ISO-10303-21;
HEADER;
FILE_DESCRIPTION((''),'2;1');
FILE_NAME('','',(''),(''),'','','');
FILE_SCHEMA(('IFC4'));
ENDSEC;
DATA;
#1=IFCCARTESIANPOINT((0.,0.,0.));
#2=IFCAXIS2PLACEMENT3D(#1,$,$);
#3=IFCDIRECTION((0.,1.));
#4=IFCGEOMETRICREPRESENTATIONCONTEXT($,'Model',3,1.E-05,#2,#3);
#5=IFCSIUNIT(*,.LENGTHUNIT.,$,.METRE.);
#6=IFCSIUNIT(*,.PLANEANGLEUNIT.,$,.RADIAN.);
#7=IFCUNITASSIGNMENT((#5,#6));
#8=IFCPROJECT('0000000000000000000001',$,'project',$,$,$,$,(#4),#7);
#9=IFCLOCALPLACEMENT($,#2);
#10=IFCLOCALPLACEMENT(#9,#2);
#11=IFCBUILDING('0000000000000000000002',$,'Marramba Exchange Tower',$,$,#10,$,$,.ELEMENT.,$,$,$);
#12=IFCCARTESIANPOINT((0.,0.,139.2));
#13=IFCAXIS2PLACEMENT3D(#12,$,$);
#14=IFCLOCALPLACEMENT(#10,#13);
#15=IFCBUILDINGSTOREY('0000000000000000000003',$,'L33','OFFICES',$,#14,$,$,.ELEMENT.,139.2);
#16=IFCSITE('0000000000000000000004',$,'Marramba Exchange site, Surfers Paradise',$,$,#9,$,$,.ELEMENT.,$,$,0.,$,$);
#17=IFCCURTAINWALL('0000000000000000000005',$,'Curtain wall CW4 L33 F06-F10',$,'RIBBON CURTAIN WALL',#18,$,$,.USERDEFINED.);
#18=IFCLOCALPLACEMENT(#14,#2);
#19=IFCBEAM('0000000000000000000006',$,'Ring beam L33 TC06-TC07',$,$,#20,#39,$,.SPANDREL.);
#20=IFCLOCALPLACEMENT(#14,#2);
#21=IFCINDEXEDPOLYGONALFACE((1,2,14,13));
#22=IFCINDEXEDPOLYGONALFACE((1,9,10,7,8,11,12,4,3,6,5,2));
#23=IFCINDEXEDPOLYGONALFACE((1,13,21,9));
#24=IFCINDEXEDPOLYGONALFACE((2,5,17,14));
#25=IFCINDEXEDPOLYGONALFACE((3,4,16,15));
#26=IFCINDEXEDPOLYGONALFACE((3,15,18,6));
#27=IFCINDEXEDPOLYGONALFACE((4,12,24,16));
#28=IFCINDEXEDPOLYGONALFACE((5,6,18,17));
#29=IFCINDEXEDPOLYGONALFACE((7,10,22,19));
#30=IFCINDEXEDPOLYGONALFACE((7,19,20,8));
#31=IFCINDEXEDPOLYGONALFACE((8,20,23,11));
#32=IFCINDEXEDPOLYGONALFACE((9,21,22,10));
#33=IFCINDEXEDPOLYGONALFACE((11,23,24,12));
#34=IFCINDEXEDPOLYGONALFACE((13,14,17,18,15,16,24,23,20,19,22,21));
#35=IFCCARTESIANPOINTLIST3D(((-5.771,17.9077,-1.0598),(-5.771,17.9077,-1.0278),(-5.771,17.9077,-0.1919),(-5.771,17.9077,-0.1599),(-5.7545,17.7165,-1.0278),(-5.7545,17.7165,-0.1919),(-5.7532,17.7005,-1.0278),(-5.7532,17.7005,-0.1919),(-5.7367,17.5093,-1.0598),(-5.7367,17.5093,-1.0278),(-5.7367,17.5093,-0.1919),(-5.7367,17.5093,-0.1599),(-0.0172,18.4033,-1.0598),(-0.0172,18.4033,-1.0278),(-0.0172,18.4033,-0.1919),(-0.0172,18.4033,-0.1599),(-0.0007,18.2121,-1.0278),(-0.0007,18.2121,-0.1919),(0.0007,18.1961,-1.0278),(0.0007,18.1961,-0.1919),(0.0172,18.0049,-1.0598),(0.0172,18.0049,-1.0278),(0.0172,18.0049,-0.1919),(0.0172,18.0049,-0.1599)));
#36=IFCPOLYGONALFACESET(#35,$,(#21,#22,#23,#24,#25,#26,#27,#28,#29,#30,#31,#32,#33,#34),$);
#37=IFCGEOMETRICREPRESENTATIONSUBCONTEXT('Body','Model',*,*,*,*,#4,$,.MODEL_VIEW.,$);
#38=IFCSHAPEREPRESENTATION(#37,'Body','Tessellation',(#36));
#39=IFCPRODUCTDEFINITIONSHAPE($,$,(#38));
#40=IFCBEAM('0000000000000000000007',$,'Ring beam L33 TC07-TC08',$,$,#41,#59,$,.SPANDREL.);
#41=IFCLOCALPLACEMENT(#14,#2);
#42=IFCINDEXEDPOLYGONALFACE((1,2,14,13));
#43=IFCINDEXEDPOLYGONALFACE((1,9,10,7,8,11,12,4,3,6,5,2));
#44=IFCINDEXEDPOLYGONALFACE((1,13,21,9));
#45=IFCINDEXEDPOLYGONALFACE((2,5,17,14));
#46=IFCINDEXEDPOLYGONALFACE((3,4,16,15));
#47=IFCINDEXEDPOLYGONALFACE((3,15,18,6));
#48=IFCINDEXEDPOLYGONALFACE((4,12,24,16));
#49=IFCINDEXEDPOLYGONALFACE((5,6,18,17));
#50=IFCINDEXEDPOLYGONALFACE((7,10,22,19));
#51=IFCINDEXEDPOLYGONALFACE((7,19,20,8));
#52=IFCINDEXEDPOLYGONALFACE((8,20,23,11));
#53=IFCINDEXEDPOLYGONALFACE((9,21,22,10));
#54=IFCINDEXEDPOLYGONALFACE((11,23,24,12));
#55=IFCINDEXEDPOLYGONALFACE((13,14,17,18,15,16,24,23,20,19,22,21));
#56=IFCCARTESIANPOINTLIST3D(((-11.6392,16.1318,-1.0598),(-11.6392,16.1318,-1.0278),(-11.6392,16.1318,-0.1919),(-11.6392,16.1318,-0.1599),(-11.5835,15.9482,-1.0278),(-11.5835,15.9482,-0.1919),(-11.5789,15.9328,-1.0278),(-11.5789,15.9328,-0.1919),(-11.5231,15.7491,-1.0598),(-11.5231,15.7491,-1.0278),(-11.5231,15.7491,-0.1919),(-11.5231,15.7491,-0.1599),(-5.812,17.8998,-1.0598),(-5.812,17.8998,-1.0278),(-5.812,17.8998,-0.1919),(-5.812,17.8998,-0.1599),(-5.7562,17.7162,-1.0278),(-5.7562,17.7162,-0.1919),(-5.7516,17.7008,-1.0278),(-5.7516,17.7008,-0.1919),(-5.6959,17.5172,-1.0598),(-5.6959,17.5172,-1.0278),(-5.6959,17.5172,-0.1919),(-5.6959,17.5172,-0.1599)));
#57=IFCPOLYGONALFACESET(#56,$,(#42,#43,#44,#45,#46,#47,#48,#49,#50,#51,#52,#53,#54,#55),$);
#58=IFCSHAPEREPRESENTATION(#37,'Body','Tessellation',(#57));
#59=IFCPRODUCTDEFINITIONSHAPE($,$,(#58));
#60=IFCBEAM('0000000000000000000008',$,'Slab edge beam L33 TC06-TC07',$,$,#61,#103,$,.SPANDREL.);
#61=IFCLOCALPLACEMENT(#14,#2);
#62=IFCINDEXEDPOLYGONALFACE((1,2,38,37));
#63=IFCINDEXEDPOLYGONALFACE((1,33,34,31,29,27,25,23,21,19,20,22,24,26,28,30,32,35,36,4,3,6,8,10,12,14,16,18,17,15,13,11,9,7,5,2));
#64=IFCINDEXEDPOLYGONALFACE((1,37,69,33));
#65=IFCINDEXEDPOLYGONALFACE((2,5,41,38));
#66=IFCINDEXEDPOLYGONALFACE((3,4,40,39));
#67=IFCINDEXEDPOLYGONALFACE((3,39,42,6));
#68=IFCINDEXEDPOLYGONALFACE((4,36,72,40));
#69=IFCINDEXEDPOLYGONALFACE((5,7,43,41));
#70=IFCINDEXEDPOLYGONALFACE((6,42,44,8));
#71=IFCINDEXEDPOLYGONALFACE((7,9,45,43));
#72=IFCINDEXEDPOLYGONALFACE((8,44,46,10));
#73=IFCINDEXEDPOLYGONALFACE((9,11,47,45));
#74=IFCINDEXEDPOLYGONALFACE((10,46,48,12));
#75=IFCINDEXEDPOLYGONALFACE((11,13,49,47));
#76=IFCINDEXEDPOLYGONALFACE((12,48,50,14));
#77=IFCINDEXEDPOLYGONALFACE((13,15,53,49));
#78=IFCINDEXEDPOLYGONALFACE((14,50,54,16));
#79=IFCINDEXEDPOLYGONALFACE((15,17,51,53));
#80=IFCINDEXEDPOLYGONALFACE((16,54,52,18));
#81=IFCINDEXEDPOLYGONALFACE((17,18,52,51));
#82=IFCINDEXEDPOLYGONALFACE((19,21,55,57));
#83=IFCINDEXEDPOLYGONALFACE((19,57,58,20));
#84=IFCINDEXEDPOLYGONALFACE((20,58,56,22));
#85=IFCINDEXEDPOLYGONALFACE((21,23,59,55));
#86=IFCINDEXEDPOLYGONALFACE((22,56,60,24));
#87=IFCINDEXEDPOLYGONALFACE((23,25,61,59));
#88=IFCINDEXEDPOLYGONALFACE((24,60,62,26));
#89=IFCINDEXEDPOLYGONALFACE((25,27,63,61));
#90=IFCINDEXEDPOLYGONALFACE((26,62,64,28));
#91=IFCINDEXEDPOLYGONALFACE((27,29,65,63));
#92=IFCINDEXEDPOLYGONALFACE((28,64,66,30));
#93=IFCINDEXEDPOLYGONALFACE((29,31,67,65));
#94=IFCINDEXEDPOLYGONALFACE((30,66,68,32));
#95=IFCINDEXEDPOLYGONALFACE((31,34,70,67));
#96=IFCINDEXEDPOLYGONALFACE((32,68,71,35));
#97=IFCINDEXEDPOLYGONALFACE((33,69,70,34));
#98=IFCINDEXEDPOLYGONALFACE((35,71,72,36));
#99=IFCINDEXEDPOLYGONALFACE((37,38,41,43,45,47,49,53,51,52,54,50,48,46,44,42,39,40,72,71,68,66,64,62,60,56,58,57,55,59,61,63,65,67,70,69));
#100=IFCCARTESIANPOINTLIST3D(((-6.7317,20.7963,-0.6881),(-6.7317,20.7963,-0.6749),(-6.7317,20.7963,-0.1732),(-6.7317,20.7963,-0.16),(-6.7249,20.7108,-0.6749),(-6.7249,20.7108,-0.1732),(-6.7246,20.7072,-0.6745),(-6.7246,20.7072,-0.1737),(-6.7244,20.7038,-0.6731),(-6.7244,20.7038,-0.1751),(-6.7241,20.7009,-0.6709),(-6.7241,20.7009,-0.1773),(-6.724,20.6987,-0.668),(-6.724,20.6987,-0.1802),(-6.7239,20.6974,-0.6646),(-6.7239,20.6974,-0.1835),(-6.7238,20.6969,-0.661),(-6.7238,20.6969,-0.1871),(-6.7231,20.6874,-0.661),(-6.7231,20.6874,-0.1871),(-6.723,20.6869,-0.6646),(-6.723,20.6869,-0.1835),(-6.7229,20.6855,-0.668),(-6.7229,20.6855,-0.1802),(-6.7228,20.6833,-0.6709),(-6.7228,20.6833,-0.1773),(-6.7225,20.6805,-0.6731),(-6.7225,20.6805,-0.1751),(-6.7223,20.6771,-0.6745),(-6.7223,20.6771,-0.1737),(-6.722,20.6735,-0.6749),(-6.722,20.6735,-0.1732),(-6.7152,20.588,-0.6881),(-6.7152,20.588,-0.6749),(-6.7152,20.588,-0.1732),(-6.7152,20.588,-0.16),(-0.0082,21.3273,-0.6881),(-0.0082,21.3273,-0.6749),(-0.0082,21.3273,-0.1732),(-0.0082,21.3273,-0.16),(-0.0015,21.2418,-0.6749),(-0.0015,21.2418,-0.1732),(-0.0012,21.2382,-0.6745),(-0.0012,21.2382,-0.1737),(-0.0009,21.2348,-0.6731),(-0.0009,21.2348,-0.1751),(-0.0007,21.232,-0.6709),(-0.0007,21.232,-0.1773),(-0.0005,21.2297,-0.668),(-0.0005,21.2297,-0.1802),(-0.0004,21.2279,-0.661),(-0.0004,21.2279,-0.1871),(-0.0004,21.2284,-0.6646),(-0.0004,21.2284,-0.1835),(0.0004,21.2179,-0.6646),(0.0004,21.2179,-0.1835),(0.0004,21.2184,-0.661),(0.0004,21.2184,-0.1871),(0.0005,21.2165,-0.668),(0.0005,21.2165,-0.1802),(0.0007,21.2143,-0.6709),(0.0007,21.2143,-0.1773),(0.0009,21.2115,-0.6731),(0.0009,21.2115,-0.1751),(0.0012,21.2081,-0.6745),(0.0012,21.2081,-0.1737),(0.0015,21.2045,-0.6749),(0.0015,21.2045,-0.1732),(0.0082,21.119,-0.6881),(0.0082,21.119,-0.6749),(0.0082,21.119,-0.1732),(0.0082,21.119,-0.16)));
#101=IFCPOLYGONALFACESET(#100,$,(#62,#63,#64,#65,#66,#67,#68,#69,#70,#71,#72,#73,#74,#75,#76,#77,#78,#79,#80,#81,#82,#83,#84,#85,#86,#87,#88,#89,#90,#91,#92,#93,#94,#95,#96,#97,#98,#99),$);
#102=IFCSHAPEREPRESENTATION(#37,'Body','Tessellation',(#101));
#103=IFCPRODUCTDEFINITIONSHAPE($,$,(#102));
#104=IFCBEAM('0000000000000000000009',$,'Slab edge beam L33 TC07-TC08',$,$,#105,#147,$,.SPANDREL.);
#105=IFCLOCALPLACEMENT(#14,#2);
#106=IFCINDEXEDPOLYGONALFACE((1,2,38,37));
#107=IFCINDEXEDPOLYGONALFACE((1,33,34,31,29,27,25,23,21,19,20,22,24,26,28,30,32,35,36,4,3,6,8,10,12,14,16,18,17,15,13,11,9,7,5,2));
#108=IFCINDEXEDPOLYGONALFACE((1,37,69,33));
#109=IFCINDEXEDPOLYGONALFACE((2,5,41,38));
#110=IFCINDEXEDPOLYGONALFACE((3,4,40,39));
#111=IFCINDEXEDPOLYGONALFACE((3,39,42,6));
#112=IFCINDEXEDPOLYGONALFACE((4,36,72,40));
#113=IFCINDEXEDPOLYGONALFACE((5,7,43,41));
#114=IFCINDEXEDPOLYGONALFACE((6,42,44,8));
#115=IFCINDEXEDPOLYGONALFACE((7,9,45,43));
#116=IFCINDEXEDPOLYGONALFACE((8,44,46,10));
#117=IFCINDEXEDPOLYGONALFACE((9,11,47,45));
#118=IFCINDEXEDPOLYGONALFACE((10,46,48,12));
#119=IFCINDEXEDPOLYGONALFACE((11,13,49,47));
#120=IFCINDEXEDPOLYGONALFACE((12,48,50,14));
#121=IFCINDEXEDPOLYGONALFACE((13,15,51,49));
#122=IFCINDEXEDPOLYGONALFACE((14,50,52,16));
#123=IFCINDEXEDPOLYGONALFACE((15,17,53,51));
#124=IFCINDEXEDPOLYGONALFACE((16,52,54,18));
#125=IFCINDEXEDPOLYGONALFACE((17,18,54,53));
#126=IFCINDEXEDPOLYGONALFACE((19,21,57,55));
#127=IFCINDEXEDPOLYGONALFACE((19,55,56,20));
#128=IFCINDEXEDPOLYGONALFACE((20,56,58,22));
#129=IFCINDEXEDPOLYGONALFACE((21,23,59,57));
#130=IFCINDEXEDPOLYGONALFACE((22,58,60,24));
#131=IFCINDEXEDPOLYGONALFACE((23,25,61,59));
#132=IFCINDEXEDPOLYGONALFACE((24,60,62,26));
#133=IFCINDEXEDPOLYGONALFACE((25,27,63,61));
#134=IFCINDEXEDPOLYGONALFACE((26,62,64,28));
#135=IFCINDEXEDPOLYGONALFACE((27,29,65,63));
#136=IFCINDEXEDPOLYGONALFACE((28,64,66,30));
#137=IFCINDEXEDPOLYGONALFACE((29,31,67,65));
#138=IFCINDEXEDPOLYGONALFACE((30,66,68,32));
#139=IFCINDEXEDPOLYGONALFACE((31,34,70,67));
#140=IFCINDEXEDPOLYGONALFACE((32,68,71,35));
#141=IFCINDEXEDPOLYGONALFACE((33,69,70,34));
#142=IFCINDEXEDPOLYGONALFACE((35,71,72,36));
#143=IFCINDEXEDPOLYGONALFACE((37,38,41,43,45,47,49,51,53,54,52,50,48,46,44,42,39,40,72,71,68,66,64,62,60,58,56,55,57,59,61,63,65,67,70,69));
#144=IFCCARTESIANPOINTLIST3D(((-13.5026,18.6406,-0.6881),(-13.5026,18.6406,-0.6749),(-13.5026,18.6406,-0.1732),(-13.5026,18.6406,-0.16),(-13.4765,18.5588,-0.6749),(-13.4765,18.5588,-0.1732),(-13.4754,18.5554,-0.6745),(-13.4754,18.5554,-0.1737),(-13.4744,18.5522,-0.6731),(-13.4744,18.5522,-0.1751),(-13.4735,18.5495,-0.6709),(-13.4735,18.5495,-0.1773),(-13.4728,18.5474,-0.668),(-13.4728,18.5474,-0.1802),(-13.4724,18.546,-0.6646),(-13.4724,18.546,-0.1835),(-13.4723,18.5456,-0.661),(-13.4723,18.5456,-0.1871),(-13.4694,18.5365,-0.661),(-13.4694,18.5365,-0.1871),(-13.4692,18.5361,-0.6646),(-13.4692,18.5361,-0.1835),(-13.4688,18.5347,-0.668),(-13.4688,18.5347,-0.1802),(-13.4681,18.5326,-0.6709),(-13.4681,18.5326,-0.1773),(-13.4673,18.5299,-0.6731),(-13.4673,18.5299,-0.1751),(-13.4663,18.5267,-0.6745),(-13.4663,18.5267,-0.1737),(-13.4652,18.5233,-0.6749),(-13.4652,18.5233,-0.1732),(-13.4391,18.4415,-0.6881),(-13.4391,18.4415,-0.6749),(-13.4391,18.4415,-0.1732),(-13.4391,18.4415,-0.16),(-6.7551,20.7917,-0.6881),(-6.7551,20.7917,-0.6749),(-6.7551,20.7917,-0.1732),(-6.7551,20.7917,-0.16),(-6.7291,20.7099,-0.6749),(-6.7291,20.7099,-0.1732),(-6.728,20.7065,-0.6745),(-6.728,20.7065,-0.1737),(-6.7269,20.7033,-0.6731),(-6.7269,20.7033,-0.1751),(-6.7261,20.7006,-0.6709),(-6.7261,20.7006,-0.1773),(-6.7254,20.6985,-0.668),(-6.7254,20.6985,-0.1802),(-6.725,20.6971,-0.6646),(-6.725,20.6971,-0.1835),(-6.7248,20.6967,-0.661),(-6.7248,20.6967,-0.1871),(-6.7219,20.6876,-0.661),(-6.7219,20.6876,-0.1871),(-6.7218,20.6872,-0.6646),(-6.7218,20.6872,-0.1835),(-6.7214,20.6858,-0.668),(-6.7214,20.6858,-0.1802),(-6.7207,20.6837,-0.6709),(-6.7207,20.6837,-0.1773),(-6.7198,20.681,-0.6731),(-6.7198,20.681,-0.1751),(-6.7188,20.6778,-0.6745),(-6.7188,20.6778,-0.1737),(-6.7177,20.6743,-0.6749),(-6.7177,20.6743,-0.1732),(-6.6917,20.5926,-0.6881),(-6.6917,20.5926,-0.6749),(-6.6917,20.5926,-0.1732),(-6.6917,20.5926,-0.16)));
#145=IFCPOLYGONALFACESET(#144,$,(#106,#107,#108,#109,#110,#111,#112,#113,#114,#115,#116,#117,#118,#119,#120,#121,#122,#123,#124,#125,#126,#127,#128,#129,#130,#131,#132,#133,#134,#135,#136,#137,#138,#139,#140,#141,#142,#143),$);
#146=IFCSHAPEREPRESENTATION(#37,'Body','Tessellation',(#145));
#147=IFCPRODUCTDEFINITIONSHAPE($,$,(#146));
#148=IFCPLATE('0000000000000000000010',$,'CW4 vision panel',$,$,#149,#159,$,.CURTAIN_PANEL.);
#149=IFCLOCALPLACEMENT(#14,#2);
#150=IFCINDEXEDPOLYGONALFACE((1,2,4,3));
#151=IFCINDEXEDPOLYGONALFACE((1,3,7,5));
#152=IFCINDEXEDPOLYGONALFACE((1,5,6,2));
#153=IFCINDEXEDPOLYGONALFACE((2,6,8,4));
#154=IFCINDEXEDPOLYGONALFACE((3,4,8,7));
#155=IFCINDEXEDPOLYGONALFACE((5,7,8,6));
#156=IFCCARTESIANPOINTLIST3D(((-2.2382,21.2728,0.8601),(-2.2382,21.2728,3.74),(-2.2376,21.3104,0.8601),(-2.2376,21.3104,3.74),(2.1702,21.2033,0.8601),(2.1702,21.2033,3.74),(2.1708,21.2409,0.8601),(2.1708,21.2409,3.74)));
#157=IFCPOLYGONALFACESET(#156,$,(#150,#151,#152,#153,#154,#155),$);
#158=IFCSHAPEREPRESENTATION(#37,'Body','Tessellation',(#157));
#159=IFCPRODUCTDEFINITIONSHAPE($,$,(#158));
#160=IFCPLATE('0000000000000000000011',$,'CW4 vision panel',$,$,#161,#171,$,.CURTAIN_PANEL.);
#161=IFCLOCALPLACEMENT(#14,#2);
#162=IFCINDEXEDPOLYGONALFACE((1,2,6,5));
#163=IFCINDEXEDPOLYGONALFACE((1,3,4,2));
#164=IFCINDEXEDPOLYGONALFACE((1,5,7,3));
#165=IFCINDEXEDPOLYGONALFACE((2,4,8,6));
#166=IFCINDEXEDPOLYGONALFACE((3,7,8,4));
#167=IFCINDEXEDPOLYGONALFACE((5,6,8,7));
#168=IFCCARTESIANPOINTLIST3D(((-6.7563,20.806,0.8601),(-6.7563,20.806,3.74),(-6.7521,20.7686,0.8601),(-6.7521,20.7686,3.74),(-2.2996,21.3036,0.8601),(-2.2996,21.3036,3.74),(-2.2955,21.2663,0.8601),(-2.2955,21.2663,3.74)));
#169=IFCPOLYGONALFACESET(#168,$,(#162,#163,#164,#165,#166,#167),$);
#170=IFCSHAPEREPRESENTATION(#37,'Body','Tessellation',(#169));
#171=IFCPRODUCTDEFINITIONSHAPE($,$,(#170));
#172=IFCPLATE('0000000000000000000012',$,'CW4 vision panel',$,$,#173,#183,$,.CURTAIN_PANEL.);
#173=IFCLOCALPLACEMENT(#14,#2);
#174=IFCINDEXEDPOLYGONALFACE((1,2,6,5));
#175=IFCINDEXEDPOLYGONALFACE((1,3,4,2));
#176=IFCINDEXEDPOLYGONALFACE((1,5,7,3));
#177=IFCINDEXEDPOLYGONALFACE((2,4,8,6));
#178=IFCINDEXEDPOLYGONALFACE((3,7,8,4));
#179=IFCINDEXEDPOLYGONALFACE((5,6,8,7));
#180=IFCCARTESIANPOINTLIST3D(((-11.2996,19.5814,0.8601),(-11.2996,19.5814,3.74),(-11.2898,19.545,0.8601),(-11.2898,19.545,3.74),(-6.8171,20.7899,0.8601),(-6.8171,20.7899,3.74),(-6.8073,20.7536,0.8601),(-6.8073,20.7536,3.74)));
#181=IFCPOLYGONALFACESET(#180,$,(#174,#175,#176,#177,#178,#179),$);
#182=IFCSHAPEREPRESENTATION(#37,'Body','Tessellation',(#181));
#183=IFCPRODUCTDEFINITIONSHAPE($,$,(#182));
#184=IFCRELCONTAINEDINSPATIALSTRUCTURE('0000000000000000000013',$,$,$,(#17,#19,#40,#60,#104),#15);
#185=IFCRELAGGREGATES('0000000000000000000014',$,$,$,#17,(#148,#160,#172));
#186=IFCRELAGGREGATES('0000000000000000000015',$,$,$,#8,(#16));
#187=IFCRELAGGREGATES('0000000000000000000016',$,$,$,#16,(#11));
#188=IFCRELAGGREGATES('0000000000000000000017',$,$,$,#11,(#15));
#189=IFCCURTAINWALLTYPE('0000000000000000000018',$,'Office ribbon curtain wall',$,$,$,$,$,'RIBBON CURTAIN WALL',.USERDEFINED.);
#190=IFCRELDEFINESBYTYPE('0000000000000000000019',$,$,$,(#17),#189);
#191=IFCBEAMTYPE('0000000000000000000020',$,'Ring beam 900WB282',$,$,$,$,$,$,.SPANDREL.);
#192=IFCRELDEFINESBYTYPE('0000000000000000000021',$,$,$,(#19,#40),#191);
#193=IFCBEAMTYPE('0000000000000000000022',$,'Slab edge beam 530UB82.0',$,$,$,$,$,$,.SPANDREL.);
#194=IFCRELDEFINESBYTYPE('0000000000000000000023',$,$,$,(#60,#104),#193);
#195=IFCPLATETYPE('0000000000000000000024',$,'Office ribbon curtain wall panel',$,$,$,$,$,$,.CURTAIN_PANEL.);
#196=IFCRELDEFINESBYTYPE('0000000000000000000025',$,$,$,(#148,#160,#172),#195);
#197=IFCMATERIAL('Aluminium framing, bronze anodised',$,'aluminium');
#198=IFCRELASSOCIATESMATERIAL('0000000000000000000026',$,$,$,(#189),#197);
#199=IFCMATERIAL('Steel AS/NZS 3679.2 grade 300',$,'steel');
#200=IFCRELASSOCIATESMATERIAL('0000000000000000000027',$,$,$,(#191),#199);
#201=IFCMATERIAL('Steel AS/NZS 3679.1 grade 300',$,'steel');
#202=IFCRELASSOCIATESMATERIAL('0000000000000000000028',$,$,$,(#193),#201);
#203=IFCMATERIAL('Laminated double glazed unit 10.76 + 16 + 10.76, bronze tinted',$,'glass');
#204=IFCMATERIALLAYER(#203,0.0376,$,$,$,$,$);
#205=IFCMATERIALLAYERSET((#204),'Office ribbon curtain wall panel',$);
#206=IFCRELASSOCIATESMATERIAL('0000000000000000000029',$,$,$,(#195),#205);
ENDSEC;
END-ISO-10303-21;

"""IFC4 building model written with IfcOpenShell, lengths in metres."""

from ifc_helpers import new_model, si_unit, direction, frame, origin, origin_2d, place, context, subcontext, project, spatial, rectangle, i_section, extrude, material, layer, layer_set, material_profile, profile_set, type_object, element, aggregate, save


model = new_model("IFC4")

# Units and contexts
model_context = context("Model", 3, precision=1e-05, world=origin(), true_north=direction((0.0, 1.0)))
body_context = subcontext(model_context, "Body", "Model", "MODEL_VIEW")
ifc_project = project(units=[si_unit("LENGTHUNIT", "METRE"), si_unit("PLANEANGLEUNIT", "RADIAN")], contexts=[model_context])

# Site, building, storey
site_placement = place(None, origin())
site = spatial("IfcSite", under=ifc_project, at=site_placement, Name="Marramba Exchange site, Surfers Paradise", CompositionType="ELEMENT", RefElevation=0.0)
building_placement = place(site_placement, origin())
building = spatial("IfcBuilding", under=site, at=building_placement, Name="Marramba Exchange Tower", CompositionType="ELEMENT")
storey_placement = place(building_placement, frame((0.0, 0.0, 139.2)))
storey = spatial("IfcBuildingStorey", under=building, at=storey_placement, Name="L33", Description="OFFICES", CompositionType="ELEMENT", Elevation=139.2)

# Shared definitions
ifc_material_1 = material(Name="Steel AS/NZS 3679.2 grade 300", Category="steel")

# Curtain wall
ifc_material_2 = material(Name="Aluminium framing, bronze anodised", Category="aluminium")
curtain_wall_type = type_object("IfcCurtainWallType", Name="Office ribbon curtain wall", ElementType="RIBBON CURTAIN WALL", PredefinedType="USERDEFINED", material=ifc_material_2)
curtain_wall_1_placement = place(storey_placement, origin())
curtain_wall_1 = element("IfcCurtainWall", 1, at=curtain_wall_1_placement, inside=storey, type_object=curtain_wall_type, Name="Curtain wall CW4 L33 F06-F10", ObjectType="RIBBON CURTAIN WALL", PredefinedType="USERDEFINED")

# Beams
ifc_material_profile_1 = material_profile(ifc_material_1, i_section(OverallWidth=0.3999, OverallDepth=0.8999, WebThickness=0.0161, FlangeThickness=0.032, at=origin_2d()), Name="900WB282")
ifc_profile_set_1 = profile_set([ifc_material_profile_1], Name="Steel AS/NZS 3679.2 grade 300")
beam_type_1 = type_object("IfcBeamType", Name="Ring beam 900WB282", PredefinedType="SPANDREL", material=ifc_profile_set_1)
beam_1_placement = place(storey_placement, frame((0.0, 18.2041, -0.6099), z_axis=(-0.996311, -0.085816, 0.0), x_axis=(0.085816, -0.996311, 0.0)))
element("IfcBeam", 2, at=beam_1_placement, inside=storey, type_object=beam_type_1, Name="Ring beam L33 TC06-TC07", PredefinedType="SPANDREL", context=body_context, shape_type="SweptSolid", body=[
    extrude(i_section(OverallWidth=0.3999, OverallDepth=0.8999, WebThickness=0.0161, FlangeThickness=0.032, at=origin_2d()), origin(), (0.0, 0.0, 1.0), 5.7751),
])
beam_2_placement = place(storey_placement, frame((-5.7539, 17.7085, -0.6099), z_axis=(-0.956925, -0.290337, 0.0), x_axis=(0.290337, -0.956925, 0.0)))
element("IfcBeam", 3, at=beam_2_placement, inside=storey, type_object=beam_type_1, Name="Ring beam L33 TC07-TC08", PredefinedType="SPANDREL", context=body_context, shape_type="SweptSolid", body=[
    extrude(i_section(OverallWidth=0.3999, OverallDepth=0.8999, WebThickness=0.0161, FlangeThickness=0.032, at=origin_2d()), origin(), (0.0, 0.0, 1.0), 6.0896),
])
ifc_material_3 = material(Name="Steel AS/NZS 3679.1 grade 300", Category="steel")
ifc_material_profile_2 = material_profile(ifc_material_3, i_section(OverallWidth=0.209, OverallDepth=0.5281, WebThickness=0.0095, FlangeThickness=0.0132, FilletRadius=0.0139, at=origin_2d()), Name="530UB82.0")
ifc_profile_set_2 = profile_set([ifc_material_profile_2], Name="Steel AS/NZS 3679.1 grade 300")
beam_type_2 = type_object("IfcBeamType", Name="Slab edge beam 530UB82.0", PredefinedType="SPANDREL", material=ifc_profile_set_2)
beam_3_placement = place(storey_placement, frame((0.0, 21.2231, -0.4241), z_axis=(-0.996896, -0.078734, 0.0), x_axis=(0.078734, -0.996896, 0.0)))
element("IfcBeam", 4, at=beam_3_placement, inside=storey, type_object=beam_type_2, Name="Slab edge beam L33 TC06-TC07", PredefinedType="SPANDREL", context=body_context, shape_type="SweptSolid", body=[
    extrude(i_section(OverallWidth=0.209, OverallDepth=0.5281, WebThickness=0.0095, FlangeThickness=0.0132, FilletRadius=0.0139, at=origin_2d()), origin(), (0.0, 0.0, 1.0), 6.7444),
])
beam_4_placement = place(storey_placement, frame((-6.7234, 20.6921, -0.4241), z_axis=(-0.952755, -0.303739, 0.0), x_axis=(0.303739, -0.952755, 0.0)))
element("IfcBeam", 5, at=beam_4_placement, inside=storey, type_object=beam_type_2, Name="Slab edge beam L33 TC07-TC08", PredefinedType="SPANDREL", context=body_context, shape_type="SweptSolid", body=[
    extrude(i_section(OverallWidth=0.209, OverallDepth=0.5281, WebThickness=0.0095, FlangeThickness=0.0132, FilletRadius=0.0139, at=origin_2d()), origin(), (0.0, 0.0, 1.0), 7.082),
])

# Plates
ifc_material_4 = material(Name="Laminated double glazed unit 10.76 + 16 + 10.76, bronze tinted", Category="glass")
ifc_layer_1 = layer(ifc_material_4, 0.0376)
ifc_layer_set_1 = layer_set([ifc_layer_1], Name="Office ribbon curtain wall panel")
plate_type = type_object("IfcPlateType", Name="Office ribbon curtain wall panel", PredefinedType="CURTAIN_PANEL", material=ifc_layer_set_1)
plate_1_placement = place(storey_placement, frame((-0.0337, 21.2568, 0.8601), z_axis=(0.0, 0.0, 1.0), x_axis=(-0.999876, 0.015756, 0.0)))
plate_1 = element("IfcPlate", 6, at=plate_1_placement, type_object=plate_type, Name="CW4 vision panel", PredefinedType="CURTAIN_PANEL", context=body_context, shape_type="SweptSolid", body=[
    extrude(rectangle(XDim=4.4089, YDim=0.0376, at=origin_2d()), origin(), (0.0, 0.0, 1.0), 2.8799),
])
plate_2_placement = place(storey_placement, frame((-4.5259, 21.0361, 0.8601), z_axis=(0.0, 0.0, 1.0), x_axis=(-0.993823, -0.110973, 0.0)))
plate_2 = element("IfcPlate", 7, at=plate_2_placement, type_object=plate_type, Name="CW4 vision panel", PredefinedType="CURTAIN_PANEL", context=body_context, shape_type="SweptSolid", body=[
    extrude(rectangle(XDim=4.4844, YDim=0.0376, at=origin_2d()), origin(), (0.0, 0.0, 1.0), 2.8799),
])
plate_3_placement = place(storey_placement, frame((-9.0535, 20.1675, 0.8601), z_axis=(0.0, 0.0, 1.0), x_axis=(-0.965522, -0.260321, 0.0)))
plate_3 = element("IfcPlate", 8, at=plate_3_placement, type_object=plate_type, Name="CW4 vision panel", PredefinedType="CURTAIN_PANEL", context=body_context, shape_type="SweptSolid", body=[
    extrude(rectangle(XDim=4.6426, YDim=0.0376, at=origin_2d()), origin(), (0.0, 0.0, 1.0), 2.8799),
])
aggregate(curtain_wall_1, [plate_1, plate_2, plate_3])

save(model, "model.ifc")
